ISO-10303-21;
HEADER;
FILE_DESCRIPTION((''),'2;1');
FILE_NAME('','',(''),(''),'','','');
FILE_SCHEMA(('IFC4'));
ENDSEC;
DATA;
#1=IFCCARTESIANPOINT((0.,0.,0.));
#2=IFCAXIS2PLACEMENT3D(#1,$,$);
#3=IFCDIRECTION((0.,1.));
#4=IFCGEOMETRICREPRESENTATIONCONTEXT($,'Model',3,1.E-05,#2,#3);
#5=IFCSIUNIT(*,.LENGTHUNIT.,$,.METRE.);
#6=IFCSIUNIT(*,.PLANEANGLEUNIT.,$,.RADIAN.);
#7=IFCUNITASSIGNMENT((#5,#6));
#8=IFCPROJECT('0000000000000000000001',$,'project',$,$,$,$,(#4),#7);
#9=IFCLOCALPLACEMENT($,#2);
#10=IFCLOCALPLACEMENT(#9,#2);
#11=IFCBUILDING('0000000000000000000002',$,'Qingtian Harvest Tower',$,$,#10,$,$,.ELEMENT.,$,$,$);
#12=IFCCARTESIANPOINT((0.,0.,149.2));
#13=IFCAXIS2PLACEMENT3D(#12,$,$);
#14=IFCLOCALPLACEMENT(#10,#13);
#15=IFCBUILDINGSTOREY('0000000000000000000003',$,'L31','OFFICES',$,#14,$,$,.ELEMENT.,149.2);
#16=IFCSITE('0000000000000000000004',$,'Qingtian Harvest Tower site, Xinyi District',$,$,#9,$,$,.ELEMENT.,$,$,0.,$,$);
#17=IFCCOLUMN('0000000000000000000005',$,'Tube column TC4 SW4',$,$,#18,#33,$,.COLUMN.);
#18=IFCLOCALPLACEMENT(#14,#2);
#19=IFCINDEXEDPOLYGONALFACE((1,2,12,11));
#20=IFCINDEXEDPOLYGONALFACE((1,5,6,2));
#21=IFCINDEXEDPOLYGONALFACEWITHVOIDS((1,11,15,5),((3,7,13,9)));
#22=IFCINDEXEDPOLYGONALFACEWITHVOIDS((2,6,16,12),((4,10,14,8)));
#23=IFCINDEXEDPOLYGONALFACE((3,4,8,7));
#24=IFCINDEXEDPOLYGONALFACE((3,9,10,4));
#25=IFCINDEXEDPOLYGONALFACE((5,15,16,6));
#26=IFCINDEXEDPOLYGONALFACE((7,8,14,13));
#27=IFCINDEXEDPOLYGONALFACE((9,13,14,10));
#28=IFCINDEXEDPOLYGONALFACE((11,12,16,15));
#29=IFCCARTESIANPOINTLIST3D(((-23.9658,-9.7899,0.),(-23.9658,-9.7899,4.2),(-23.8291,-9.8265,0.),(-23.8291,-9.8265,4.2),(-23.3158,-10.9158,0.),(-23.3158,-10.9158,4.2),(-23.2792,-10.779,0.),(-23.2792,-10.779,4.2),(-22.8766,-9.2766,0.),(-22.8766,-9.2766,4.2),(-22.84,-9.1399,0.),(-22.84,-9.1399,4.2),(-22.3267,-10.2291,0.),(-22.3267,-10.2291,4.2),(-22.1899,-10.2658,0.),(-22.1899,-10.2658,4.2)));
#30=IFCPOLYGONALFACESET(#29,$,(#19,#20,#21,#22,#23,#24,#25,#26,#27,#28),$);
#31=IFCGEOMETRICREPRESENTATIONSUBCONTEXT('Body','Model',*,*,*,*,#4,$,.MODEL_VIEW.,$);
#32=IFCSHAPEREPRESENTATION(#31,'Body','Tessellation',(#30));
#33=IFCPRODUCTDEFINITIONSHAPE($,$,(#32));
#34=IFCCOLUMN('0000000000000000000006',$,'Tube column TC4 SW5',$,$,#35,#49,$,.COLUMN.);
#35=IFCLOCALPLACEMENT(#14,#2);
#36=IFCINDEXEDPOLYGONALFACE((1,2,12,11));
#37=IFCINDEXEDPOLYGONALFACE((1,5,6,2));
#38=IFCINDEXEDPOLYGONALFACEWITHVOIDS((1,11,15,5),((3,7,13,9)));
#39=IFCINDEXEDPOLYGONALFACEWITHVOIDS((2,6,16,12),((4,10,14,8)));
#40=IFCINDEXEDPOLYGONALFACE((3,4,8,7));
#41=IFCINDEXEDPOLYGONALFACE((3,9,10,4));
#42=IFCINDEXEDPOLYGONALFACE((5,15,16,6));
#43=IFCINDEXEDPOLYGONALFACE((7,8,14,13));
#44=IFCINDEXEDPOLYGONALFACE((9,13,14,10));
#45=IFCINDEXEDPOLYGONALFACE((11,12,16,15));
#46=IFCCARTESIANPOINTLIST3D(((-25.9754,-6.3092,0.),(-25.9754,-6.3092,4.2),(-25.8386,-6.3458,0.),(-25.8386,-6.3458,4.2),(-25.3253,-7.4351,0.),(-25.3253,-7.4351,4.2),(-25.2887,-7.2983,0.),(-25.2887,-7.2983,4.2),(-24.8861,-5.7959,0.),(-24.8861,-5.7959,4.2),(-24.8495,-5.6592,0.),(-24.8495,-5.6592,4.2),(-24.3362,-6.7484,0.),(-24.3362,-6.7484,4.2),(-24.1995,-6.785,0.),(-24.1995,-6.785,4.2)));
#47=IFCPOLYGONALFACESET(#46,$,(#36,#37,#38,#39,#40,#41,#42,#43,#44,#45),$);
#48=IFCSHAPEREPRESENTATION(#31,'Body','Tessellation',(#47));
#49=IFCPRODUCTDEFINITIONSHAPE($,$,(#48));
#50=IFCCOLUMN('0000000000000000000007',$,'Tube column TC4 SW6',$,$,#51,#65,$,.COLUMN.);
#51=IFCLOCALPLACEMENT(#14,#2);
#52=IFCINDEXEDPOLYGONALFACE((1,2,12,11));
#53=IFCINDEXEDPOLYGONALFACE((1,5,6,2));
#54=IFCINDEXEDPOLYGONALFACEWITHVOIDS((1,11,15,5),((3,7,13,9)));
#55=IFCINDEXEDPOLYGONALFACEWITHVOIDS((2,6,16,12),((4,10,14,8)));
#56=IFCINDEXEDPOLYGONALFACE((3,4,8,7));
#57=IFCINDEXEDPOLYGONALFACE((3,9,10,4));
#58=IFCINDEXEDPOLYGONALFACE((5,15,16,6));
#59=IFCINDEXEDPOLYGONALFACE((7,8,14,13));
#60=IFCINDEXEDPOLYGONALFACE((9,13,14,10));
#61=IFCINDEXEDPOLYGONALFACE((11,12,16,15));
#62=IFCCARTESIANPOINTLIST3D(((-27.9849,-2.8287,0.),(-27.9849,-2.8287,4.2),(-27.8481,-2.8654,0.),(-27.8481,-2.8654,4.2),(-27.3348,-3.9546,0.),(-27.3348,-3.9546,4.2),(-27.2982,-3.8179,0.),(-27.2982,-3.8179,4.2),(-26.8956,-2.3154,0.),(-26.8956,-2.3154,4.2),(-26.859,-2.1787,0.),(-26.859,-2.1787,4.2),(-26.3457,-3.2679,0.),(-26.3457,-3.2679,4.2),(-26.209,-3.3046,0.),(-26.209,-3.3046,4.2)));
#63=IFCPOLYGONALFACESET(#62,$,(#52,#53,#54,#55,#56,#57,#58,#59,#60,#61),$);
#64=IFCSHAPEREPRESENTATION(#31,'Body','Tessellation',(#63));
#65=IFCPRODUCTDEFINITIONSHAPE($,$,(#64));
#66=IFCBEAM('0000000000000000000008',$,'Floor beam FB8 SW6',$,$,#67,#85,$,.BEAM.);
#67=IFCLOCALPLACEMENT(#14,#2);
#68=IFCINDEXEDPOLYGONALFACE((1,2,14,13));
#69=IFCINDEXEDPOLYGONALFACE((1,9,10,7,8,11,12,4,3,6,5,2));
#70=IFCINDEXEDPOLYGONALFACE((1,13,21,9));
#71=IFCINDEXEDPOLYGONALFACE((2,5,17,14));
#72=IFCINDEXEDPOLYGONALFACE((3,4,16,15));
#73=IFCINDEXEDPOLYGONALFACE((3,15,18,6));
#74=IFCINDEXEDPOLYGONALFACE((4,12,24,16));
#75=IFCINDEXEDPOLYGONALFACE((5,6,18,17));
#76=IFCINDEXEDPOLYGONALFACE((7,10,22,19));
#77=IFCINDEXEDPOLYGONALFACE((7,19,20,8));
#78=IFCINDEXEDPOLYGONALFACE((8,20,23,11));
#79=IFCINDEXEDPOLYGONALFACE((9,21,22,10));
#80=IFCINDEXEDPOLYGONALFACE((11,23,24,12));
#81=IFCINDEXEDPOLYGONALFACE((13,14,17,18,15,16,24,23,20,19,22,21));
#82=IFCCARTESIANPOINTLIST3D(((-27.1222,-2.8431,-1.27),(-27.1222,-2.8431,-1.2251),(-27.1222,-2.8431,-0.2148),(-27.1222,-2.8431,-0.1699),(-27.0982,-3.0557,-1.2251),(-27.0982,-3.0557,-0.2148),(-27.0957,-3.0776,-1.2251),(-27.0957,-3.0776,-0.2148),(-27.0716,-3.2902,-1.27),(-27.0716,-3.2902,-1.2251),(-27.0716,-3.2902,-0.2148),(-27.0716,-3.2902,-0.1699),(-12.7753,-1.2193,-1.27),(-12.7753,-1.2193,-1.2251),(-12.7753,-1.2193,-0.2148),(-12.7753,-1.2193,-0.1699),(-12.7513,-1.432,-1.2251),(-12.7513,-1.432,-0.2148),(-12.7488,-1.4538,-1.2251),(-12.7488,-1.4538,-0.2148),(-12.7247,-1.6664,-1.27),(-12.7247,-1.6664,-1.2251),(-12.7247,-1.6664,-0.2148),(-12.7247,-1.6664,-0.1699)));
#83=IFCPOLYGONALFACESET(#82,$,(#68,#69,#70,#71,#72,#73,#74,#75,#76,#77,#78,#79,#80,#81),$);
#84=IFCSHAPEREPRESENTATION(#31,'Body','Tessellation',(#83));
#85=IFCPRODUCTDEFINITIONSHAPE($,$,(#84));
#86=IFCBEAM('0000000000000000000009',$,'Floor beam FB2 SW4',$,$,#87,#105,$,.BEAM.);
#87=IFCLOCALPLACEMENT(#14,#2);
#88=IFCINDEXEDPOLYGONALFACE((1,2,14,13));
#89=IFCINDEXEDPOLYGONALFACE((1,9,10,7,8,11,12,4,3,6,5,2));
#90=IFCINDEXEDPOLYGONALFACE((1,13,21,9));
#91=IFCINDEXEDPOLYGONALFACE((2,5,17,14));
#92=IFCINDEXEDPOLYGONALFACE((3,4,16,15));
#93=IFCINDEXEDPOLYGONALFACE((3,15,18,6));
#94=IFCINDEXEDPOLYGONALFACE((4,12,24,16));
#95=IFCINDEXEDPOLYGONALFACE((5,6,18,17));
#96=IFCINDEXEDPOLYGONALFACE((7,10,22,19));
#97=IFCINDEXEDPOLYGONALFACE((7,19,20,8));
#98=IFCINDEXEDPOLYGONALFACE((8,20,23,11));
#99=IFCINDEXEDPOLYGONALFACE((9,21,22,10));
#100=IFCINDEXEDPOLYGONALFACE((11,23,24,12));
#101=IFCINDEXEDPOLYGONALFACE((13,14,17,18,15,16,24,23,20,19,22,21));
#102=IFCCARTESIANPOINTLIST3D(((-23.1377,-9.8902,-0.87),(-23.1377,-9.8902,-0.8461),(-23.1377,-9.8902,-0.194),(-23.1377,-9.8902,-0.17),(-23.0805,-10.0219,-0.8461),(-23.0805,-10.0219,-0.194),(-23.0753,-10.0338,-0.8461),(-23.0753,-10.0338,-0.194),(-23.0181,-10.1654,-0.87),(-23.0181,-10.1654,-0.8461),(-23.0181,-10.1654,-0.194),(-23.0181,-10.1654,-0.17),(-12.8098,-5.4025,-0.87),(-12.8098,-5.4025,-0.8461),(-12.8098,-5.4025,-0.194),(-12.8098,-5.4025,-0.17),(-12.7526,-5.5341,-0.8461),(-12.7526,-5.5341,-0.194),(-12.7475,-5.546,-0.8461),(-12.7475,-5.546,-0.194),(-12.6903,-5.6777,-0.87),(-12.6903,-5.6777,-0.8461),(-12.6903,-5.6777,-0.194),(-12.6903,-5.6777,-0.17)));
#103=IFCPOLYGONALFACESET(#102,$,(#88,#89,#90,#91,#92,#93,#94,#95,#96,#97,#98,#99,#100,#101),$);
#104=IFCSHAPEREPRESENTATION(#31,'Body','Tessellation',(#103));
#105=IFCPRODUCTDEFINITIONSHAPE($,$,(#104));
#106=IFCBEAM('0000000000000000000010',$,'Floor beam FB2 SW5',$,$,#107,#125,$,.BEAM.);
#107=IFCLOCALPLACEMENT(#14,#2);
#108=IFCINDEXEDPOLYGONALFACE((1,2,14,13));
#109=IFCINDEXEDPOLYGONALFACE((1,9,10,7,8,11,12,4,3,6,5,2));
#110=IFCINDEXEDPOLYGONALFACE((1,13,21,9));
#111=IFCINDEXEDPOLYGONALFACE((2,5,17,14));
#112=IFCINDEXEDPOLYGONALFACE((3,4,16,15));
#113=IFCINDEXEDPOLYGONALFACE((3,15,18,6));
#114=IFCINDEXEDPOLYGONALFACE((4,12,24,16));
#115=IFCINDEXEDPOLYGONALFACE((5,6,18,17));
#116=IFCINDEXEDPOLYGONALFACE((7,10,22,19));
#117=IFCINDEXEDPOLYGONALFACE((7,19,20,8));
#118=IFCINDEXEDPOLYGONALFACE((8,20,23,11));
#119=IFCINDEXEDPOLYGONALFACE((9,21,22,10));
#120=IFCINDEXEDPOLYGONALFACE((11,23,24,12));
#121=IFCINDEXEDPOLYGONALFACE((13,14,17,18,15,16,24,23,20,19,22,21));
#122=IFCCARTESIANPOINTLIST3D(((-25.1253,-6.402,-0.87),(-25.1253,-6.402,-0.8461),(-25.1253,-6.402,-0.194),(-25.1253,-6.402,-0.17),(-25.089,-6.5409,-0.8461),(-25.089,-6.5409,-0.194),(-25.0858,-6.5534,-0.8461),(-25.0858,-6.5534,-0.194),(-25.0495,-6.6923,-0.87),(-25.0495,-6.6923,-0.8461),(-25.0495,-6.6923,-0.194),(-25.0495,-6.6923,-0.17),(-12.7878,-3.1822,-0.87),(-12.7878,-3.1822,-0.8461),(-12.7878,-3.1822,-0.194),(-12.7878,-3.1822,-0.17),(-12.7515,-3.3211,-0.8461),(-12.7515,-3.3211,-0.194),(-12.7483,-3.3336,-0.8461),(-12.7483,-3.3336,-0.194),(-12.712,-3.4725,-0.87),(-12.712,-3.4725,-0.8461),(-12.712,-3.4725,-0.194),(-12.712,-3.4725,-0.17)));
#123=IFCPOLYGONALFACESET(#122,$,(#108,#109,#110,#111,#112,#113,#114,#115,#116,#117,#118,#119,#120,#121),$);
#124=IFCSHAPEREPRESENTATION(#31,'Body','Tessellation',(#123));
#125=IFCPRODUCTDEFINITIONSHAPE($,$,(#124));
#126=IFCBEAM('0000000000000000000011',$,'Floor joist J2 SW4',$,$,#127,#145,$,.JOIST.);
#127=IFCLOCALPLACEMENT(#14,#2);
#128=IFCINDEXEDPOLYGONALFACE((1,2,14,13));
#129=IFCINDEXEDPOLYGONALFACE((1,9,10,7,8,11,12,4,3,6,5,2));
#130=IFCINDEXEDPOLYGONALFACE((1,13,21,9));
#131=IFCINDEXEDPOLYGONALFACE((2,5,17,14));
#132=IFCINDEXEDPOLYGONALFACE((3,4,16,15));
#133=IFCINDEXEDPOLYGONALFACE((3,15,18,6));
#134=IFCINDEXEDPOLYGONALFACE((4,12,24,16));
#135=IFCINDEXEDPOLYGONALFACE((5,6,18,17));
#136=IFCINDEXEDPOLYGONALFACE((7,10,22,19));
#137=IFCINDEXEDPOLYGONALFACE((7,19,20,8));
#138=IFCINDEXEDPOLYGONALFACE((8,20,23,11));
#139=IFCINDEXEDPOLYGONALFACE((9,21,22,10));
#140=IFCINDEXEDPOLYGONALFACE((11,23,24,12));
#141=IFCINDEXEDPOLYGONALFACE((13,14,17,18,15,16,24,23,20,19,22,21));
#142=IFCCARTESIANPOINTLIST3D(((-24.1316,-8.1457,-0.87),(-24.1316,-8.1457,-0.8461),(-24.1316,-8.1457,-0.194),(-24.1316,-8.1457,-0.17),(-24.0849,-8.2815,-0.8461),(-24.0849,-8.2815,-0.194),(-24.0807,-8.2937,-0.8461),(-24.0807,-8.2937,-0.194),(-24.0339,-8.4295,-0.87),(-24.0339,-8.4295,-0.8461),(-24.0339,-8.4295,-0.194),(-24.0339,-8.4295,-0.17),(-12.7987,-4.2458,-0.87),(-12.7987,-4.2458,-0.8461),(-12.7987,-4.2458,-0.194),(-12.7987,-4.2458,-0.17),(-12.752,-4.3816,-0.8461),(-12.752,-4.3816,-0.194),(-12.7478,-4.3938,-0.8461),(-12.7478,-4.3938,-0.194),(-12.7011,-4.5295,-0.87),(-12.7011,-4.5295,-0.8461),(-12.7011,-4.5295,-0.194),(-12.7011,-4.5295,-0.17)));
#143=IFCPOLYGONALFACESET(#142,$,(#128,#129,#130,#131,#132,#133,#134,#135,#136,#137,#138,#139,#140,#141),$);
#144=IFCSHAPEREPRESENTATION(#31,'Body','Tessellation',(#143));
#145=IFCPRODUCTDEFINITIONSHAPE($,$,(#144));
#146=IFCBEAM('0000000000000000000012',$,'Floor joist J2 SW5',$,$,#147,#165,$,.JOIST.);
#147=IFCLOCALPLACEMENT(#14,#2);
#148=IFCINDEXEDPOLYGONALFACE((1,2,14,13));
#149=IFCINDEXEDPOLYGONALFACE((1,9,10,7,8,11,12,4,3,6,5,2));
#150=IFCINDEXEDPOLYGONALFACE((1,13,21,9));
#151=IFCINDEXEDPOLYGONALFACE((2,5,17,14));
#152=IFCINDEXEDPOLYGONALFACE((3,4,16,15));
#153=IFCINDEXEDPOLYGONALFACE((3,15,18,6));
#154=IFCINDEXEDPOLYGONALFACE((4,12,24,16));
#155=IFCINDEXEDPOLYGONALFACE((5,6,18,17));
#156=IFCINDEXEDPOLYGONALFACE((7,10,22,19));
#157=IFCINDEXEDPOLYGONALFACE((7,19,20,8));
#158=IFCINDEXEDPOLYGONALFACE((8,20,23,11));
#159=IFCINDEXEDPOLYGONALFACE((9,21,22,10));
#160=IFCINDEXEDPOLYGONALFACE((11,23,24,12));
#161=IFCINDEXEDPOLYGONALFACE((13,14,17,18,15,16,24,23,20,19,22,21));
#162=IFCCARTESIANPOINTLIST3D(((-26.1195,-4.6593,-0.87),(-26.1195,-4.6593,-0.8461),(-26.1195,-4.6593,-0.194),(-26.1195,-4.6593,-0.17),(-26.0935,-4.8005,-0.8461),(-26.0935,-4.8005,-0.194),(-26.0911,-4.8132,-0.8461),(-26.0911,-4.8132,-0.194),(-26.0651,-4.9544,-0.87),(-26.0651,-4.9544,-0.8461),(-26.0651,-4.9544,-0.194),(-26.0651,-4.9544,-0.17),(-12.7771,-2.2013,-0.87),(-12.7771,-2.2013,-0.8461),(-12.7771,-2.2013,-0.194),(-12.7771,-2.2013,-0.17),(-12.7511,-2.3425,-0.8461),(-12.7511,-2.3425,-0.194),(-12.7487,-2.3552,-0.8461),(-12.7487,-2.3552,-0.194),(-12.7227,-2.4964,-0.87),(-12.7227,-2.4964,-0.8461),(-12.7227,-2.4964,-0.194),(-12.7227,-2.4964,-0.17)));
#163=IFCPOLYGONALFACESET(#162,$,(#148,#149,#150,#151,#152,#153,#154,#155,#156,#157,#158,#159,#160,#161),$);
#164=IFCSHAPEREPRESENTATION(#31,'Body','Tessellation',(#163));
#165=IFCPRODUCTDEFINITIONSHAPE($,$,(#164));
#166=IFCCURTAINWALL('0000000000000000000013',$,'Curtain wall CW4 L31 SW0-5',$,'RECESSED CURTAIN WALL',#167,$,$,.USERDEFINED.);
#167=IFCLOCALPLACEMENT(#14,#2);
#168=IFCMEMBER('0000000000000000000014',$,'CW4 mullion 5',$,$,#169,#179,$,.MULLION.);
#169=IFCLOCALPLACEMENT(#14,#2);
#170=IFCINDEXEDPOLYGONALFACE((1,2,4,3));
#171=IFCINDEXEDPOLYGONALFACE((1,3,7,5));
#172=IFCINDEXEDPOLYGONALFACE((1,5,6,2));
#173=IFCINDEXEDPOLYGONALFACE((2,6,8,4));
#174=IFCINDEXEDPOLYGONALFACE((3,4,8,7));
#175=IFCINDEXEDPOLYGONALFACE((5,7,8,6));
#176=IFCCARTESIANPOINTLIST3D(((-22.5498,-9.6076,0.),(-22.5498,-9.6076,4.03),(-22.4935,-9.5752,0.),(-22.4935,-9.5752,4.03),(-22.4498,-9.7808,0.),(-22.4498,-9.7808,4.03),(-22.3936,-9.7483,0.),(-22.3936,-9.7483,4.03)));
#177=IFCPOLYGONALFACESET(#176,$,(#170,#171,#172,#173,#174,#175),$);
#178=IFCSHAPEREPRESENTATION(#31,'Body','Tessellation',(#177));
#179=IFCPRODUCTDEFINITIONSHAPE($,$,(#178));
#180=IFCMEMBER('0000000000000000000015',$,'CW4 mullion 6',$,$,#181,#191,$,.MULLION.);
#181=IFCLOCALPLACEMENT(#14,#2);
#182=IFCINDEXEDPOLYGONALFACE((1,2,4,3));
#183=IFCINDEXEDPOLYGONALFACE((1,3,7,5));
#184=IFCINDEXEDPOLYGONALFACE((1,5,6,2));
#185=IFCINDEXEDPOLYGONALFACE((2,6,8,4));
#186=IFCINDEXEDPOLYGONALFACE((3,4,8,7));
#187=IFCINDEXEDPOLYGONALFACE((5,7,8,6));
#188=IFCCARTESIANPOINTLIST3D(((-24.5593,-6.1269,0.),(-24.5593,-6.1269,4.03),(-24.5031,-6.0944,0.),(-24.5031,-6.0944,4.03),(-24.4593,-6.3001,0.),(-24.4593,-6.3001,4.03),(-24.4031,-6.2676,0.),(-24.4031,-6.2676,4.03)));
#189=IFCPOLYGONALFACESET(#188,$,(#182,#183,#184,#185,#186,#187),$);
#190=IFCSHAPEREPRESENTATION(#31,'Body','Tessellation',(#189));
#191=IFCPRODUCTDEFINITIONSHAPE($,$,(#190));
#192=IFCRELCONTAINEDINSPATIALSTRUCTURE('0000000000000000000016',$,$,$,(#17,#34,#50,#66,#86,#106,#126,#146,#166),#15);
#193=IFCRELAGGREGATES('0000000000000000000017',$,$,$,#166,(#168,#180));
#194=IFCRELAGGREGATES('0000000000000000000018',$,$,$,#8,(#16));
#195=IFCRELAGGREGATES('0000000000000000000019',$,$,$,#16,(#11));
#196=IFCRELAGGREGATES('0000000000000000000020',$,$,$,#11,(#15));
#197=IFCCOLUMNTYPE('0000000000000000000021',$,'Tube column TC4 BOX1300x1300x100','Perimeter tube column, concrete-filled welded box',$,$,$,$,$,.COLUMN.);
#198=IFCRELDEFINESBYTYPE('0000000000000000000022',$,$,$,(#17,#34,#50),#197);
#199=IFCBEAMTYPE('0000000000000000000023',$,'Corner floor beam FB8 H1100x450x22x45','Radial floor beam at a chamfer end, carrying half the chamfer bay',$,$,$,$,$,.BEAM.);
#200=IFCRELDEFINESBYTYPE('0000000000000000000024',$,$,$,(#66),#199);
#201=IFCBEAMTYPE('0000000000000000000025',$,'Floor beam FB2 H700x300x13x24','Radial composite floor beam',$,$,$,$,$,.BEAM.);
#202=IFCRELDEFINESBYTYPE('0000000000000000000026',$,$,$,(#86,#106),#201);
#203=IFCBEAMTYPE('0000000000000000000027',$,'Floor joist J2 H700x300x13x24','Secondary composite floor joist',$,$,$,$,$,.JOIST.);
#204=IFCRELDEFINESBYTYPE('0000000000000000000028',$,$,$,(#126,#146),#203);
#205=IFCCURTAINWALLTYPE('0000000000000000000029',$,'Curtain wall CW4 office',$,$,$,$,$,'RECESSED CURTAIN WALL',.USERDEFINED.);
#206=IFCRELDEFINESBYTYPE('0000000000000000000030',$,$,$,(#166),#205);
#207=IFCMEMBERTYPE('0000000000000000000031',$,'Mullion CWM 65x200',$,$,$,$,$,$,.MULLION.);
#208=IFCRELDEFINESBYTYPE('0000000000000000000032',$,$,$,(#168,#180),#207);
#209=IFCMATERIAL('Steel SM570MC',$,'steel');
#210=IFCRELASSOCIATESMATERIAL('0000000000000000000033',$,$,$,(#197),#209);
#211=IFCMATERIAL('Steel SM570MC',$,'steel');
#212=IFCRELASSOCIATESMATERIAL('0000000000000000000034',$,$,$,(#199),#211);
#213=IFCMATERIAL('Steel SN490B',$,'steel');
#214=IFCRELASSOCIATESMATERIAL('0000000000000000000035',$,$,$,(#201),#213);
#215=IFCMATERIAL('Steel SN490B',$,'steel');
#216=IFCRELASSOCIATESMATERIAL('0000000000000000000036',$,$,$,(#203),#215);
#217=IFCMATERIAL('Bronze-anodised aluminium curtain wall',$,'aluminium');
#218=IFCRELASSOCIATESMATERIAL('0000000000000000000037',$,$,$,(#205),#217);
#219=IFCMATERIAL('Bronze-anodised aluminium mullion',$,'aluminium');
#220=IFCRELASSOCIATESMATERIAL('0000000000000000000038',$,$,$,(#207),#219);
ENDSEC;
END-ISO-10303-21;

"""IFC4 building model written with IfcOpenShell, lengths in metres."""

from ifc_helpers import new_model, si_unit, direction, frame, origin, origin_2d, place, context, subcontext, project, spatial, rectangle, hollow_rectangle, i_section, extrude, material, material_profile, profile_set, type_object, element, aggregate, save


model = new_model("IFC4")

# Units and contexts
model_context = context("Model", 3, precision=1e-05, world=origin(), true_north=direction((0.0, 1.0)))
body_context = subcontext(model_context, "Body", "Model", "MODEL_VIEW")
ifc_project = project(units=[si_unit("LENGTHUNIT", "METRE"), si_unit("PLANEANGLEUNIT", "RADIAN")], contexts=[model_context])

# Site, building, storey
site_placement = place(None, origin())
site = spatial("IfcSite", under=ifc_project, at=site_placement, Name="Qingtian Harvest Tower site, Xinyi District", CompositionType="ELEMENT", RefElevation=0.0)
building_placement = place(site_placement, origin())
building = spatial("IfcBuilding", under=site, at=building_placement, Name="Qingtian Harvest Tower", CompositionType="ELEMENT")
storey_placement = place(building_placement, frame((0.0, 0.0, 149.2)))
storey = spatial("IfcBuildingStorey", under=building, at=storey_placement, Name="L31", Description="OFFICES", CompositionType="ELEMENT", Elevation=149.2)

# Columns
ifc_material_1 = material(Name="Steel SM570MC", Category="steel")
ifc_material_profile_1 = material_profile(ifc_material_1, hollow_rectangle(XDim=1.3, YDim=1.3, WallThickness=0.1001, at=origin_2d()), Name="BOX1300x1300x100")
ifc_profile_set_1 = profile_set([ifc_material_profile_1], Name="Steel SM570MC")
column_type = type_object("IfcColumnType", Name="Tube column TC4 BOX1300x1300x100", Description="Perimeter tube column, concrete-filled welded box", PredefinedType="COLUMN", material=ifc_profile_set_1)
for number, where, z_axis, x_axis, name in (
    (1, (-23.0779, -10.0278, 0.0), (0.0, 0.0, 1.0), (0.5, -0.866025, 0.0), "Tube column TC4 SW4"),
    (2, (-25.0874, -6.5471, 0.0), (0.0, 0.0, 1.0), (0.5, -0.866025, 0.0), "Tube column TC4 SW5"),
    (3, (-27.0969, -3.0667, 0.0), (0.0, 0.0, 1.0), (0.5, -0.866025, 0.0), "Tube column TC4 SW6"),
):
    element("IfcColumn", number, at=place(storey_placement, frame(where, z_axis=z_axis, x_axis=x_axis)), inside=storey, type_object=column_type, Name=name, PredefinedType="COLUMN", context=body_context, shape_type="SweptSolid", body=[
        extrude(hollow_rectangle(XDim=1.3, YDim=1.3, WallThickness=0.1001, at=origin_2d()), origin(), (0.0, 0.0, 1.0), 4.2),
    ])

# Beams
ifc_material_2 = material(Name="Steel SM570MC", Category="steel")
ifc_material_profile_2 = material_profile(ifc_material_2, i_section(OverallWidth=0.45, OverallDepth=1.1001, WebThickness=0.022, FlangeThickness=0.0449, at=origin_2d()), Name="H1100x450x22x45")
ifc_profile_set_2 = profile_set([ifc_material_profile_2], Name="Steel SM570MC")
beam_type_1 = type_object("IfcBeamType", Name="Corner floor beam FB8 H1100x450x22x45", Description="Radial floor beam at a chamfer end, carrying half the chamfer bay", PredefinedType="BEAM", material=ifc_profile_set_2)
beam_1_placement = place(storey_placement, frame((-27.0969, -3.0667, -0.72), z_axis=(0.993656, 0.112462, 0.0), x_axis=(-0.112462, 0.993656, 0.0)))
element("IfcBeam", 4, at=beam_1_placement, inside=storey, type_object=beam_type_1, Name="Floor beam FB8 SW6", PredefinedType="BEAM", context=body_context, shape_type="SweptSolid", body=[
    extrude(i_section(OverallWidth=0.45, OverallDepth=1.1001, WebThickness=0.022, FlangeThickness=0.0449, at=origin_2d()), origin(), (0.0, 0.0, 1.0), 14.4385),
])
ifc_material_3 = material(Name="Steel SN490B", Category="steel")
ifc_material_profile_3 = material_profile(ifc_material_3, i_section(OverallWidth=0.3, OverallDepth=0.7, WebThickness=0.0129, FlangeThickness=0.0239, at=origin_2d()), Name="H700x300x13x24")
ifc_profile_set_3 = profile_set([ifc_material_profile_3], Name="Steel SN490B")
beam_type_2 = type_object("IfcBeamType", Name="Floor beam FB2 H700x300x13x24", Description="Radial composite floor beam", PredefinedType="BEAM", material=ifc_profile_set_3)
beam_2_placement = place(storey_placement, frame((-23.0779, -10.0278, -0.52), z_axis=(0.917154, 0.398533, 0.0), x_axis=(-0.398533, 0.917154, 0.0)))
element("IfcBeam", 5, at=beam_2_placement, inside=storey, type_object=beam_type_2, Name="Floor beam FB2 SW4", PredefinedType="BEAM", context=body_context, shape_type="SweptSolid", body=[
    extrude(i_section(OverallWidth=0.3, OverallDepth=0.7, WebThickness=0.0129, FlangeThickness=0.0239, at=origin_2d()), origin(), (0.0, 0.0, 1.0), 11.2607),
])
beam_3_placement = place(storey_placement, frame((-25.0874, -6.5471, -0.52), z_axis=(0.967593, 0.252515, 0.0), x_axis=(-0.252515, 0.967593, 0.0)))
element("IfcBeam", 6, at=beam_3_placement, inside=storey, type_object=beam_type_2, Name="Floor beam FB2 SW5", PredefinedType="BEAM", context=body_context, shape_type="SweptSolid", body=[
    extrude(i_section(OverallWidth=0.3, OverallDepth=0.7, WebThickness=0.0129, FlangeThickness=0.0239, at=origin_2d()), origin(), (0.0, 0.0, 1.0), 12.7507),
])
ifc_material_4 = material(Name="Steel SN490B", Category="steel")
ifc_material_profile_4 = material_profile(ifc_material_4, i_section(OverallWidth=0.3, OverallDepth=0.7, WebThickness=0.0129, FlangeThickness=0.0239, at=origin_2d()), Name="H700x300x13x24")
ifc_profile_set_4 = profile_set([ifc_material_profile_4], Name="Steel SN490B")
beam_type_3 = type_object("IfcBeamType", Name="Floor joist J2 H700x300x13x24", Description="Secondary composite floor joist", PredefinedType="JOIST", material=ifc_profile_set_4)
beam_4_placement = place(storey_placement, frame((-24.0828, -8.2876, -0.52), z_axis=(0.945577, 0.325398, 0.0), x_axis=(-0.325398, 0.945577, 0.0)))
element("IfcBeam", 7, at=beam_4_placement, inside=storey, type_object=beam_type_3, Name="Floor joist J2 SW4", PredefinedType="JOIST", context=body_context, shape_type="SweptSolid", body=[
    extrude(i_section(OverallWidth=0.3, OverallDepth=0.7, WebThickness=0.0129, FlangeThickness=0.0239, at=origin_2d()), origin(), (0.0, 0.0, 1.0), 11.9851),
])
beam_5_placement = place(storey_placement, frame((-26.0923, -4.8069, -0.52), z_axis=(0.98345, 0.181178, 0.0), x_axis=(-0.181178, 0.98345, 0.0)))
element("IfcBeam", 8, at=beam_5_placement, inside=storey, type_object=beam_type_3, Name="Floor joist J2 SW5", PredefinedType="JOIST", context=body_context, shape_type="SweptSolid", body=[
    extrude(i_section(OverallWidth=0.3, OverallDepth=0.7, WebThickness=0.0129, FlangeThickness=0.0239, at=origin_2d()), origin(), (0.0, 0.0, 1.0), 13.5669),
])

# Curtain wall, members
ifc_material_5 = material(Name="Bronze-anodised aluminium curtain wall", Category="aluminium")
curtain_wall_type = type_object("IfcCurtainWallType", Name="Curtain wall CW4 office", ElementType="RECESSED CURTAIN WALL", PredefinedType="USERDEFINED", material=ifc_material_5)
curtain_wall_1_placement = place(storey_placement, origin())
curtain_wall_1 = element("IfcCurtainWall", 9, at=curtain_wall_1_placement, inside=storey, type_object=curtain_wall_type, Name="Curtain wall CW4 L31 SW0-5", ObjectType="RECESSED CURTAIN WALL", PredefinedType="USERDEFINED")
ifc_material_6 = material(Name="Bronze-anodised aluminium mullion", Category="aluminium")
ifc_material_profile_5 = material_profile(ifc_material_6, rectangle(XDim=0.0649, YDim=0.2, at=origin_2d()), Name="AL 65x200")
ifc_profile_set_5 = profile_set([ifc_material_profile_5], Name="Bronze-anodised aluminium mullion")
member_type_1 = type_object("IfcMemberType", Name="Mullion CWM 65x200", PredefinedType="MULLION", material=ifc_profile_set_5)
member_1_placement = place(storey_placement, frame((-22.4717, -9.678, 0.0), z_axis=(0.0, 0.0, 1.0), x_axis=(-0.866025, -0.5, 0.0)))
member_1 = element("IfcMember", 10, at=member_1_placement, type_object=member_type_1, Name="CW4 mullion 5", PredefinedType="MULLION", context=body_context, shape_type="SweptSolid", body=[
    extrude(rectangle(XDim=0.0649, YDim=0.2, at=origin_2d()), origin(), (0.0, 0.0, 1.0), 4.03),
])
member_2_placement = place(storey_placement, frame((-24.4812, -6.1973, 0.0), z_axis=(0.0, 0.0, 1.0), x_axis=(-0.866025, -0.5, 0.0)))
member_2 = element("IfcMember", 11, at=member_2_placement, type_object=member_type_1, Name="CW4 mullion 6", PredefinedType="MULLION", context=body_context, shape_type="SweptSolid", body=[
    extrude(rectangle(XDim=0.0649, YDim=0.2, at=origin_2d()), origin(), (0.0, 0.0, 1.0), 4.03),
])

aggregate(curtain_wall_1, [member_1, member_2])

save(model, "model.ifc")
